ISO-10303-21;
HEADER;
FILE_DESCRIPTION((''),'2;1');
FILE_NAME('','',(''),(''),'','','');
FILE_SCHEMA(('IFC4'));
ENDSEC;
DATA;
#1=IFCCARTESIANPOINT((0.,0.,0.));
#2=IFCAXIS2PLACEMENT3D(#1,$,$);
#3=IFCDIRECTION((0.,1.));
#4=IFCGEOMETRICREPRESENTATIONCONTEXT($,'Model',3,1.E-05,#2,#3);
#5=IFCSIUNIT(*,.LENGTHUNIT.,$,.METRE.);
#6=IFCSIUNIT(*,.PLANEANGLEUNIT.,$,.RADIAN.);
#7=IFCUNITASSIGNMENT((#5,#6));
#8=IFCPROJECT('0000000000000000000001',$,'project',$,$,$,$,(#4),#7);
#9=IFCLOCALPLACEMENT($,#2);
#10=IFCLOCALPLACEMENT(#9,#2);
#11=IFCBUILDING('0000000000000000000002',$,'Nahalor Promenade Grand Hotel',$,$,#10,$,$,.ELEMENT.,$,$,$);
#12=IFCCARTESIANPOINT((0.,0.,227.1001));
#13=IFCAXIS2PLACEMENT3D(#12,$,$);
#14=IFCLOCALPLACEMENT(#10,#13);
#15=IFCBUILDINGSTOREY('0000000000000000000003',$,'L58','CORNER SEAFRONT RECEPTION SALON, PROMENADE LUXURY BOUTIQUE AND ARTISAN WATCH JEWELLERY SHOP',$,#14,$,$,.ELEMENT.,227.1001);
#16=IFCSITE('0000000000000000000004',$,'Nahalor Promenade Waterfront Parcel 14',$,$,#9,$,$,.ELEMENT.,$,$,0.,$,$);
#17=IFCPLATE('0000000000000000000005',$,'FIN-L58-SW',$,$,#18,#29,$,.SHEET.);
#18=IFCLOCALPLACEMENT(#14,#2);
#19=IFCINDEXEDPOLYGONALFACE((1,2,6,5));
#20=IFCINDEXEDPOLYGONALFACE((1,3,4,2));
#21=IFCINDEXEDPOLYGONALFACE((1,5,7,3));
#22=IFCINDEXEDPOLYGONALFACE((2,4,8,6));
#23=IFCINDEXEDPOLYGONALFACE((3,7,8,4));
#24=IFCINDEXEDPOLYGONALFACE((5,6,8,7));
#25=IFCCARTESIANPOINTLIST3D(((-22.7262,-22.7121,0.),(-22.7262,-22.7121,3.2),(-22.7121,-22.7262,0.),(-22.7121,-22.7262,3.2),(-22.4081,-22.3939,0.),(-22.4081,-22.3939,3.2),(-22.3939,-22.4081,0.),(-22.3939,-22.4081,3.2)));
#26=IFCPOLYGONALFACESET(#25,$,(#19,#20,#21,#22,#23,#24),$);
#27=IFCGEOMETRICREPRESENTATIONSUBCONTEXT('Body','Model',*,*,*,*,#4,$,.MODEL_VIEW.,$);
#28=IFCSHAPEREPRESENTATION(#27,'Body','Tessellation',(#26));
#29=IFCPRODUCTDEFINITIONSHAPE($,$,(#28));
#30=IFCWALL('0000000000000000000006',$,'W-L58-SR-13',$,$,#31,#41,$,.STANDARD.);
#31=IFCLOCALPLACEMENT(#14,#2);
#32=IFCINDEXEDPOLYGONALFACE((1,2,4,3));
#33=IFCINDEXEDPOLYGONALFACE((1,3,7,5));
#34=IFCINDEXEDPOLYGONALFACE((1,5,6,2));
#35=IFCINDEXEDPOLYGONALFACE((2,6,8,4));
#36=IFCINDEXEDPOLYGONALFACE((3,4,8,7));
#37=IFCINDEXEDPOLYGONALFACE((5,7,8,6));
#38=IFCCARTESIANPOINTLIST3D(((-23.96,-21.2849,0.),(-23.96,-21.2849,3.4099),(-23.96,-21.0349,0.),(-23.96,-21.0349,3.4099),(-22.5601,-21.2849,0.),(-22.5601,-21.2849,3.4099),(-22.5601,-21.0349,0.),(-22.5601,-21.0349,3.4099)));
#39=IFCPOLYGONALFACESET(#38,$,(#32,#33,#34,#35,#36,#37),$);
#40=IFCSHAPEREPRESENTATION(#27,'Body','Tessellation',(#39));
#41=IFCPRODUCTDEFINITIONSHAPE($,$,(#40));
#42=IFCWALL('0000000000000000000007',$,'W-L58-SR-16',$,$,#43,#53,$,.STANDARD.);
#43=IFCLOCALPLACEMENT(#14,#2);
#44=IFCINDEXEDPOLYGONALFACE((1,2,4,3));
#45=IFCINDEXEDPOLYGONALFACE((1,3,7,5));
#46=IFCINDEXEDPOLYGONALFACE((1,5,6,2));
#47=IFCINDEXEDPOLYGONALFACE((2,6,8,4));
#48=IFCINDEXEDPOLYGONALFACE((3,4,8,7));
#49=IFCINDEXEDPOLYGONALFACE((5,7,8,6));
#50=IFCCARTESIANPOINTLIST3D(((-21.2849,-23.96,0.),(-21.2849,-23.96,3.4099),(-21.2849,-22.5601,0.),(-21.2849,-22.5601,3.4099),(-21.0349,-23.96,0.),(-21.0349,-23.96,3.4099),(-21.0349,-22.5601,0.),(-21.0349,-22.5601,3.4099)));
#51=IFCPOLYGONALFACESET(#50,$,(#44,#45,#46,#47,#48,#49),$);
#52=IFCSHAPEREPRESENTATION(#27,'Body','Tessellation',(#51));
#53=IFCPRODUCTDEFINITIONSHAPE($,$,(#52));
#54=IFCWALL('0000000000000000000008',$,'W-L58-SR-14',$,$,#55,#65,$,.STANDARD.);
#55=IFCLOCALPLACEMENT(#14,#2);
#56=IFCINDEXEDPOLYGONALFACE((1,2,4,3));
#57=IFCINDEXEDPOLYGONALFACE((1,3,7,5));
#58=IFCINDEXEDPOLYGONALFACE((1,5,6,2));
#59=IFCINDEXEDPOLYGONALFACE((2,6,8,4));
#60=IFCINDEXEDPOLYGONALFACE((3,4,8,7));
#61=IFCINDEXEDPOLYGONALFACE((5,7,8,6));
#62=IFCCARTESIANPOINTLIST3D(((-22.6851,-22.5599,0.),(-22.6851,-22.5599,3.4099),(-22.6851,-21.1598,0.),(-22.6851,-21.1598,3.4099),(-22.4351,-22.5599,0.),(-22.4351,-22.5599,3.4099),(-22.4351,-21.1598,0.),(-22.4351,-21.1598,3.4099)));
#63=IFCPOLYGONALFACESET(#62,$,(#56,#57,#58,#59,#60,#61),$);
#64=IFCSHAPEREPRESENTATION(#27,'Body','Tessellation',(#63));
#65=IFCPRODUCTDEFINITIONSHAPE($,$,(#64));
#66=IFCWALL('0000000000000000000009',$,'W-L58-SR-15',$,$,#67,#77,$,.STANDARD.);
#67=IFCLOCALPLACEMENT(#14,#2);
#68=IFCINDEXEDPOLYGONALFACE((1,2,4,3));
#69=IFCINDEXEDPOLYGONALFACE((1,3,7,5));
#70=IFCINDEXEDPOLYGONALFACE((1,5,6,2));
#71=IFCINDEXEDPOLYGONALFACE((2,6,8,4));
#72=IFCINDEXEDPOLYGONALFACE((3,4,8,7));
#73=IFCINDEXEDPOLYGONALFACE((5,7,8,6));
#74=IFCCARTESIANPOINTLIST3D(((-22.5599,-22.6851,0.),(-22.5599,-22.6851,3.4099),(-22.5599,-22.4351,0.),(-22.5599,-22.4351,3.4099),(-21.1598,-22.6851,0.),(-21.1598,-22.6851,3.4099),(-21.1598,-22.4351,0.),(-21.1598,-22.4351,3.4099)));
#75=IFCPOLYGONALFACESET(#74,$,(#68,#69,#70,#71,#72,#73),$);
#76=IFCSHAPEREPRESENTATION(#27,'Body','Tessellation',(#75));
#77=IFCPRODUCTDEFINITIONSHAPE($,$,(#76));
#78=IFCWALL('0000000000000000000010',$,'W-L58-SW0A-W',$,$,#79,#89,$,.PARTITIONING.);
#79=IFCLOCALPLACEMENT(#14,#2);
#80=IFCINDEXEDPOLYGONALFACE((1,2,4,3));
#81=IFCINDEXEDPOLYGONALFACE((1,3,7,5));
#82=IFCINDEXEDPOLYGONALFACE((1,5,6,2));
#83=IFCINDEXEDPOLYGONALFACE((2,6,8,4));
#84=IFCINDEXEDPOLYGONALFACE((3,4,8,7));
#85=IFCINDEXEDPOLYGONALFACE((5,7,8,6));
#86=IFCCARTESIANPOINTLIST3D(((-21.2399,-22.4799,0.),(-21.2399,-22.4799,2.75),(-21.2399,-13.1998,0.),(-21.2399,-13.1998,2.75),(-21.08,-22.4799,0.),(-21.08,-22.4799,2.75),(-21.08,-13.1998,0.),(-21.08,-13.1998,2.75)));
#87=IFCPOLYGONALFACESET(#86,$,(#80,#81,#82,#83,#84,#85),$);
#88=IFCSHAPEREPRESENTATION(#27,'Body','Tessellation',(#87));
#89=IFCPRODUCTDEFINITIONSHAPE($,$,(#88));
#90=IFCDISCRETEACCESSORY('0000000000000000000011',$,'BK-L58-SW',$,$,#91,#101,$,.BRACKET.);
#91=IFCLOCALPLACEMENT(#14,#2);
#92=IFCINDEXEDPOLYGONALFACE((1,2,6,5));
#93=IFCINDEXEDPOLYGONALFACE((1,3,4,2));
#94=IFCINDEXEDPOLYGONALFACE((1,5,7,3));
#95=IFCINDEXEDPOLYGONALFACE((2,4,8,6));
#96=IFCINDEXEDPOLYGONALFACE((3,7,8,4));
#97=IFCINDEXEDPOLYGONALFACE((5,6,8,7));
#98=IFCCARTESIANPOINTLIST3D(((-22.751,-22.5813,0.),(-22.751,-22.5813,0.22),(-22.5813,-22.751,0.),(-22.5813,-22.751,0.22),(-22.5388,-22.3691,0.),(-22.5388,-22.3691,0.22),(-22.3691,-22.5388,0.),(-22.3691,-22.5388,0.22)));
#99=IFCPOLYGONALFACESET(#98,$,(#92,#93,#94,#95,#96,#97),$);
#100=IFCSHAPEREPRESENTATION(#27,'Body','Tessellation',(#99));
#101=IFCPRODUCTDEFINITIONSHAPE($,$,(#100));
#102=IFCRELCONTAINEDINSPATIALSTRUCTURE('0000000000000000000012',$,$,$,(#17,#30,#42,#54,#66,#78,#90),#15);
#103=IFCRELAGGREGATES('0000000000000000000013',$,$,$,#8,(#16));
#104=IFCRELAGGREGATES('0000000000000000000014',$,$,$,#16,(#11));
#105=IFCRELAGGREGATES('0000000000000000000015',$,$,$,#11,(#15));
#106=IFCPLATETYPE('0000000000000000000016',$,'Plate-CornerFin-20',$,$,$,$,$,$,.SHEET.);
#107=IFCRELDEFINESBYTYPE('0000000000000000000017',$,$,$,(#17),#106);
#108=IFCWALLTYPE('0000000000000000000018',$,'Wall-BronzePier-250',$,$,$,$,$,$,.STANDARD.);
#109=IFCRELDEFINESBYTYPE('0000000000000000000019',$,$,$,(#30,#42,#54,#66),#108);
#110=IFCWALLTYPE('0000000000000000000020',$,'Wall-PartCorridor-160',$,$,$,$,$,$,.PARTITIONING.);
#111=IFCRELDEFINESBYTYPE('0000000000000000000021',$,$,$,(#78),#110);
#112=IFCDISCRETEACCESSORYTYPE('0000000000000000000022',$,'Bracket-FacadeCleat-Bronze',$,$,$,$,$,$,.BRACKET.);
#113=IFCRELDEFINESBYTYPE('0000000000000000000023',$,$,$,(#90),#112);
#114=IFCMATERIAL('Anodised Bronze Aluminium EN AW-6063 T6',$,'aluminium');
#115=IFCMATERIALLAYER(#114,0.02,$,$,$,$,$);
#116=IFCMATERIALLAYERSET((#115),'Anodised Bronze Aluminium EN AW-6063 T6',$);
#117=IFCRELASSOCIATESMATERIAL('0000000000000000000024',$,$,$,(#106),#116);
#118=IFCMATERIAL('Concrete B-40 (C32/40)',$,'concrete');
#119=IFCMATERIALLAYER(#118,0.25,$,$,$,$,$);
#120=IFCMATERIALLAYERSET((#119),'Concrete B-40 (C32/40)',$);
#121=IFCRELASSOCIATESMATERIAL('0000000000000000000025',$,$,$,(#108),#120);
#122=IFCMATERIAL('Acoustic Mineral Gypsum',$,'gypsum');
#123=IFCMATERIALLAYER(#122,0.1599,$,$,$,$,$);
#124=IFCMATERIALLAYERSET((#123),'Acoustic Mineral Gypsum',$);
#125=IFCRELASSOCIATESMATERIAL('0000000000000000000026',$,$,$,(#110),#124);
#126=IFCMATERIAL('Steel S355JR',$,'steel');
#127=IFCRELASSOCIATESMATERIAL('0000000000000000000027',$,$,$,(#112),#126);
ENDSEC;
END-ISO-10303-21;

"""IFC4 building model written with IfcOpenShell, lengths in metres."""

from ifc_helpers import new_model, si_unit, direction, frame, frame_2d, origin, origin_2d, place, context, subcontext, project, spatial, rectangle, extrude, source, transform, mapped, material, layer, layer_set, type_object, element, save


model = new_model("IFC4")

# Units and contexts
model_context = context("Model", 3, precision=1e-05, world=origin(), true_north=direction((0.0, 1.0)))
body_context = subcontext(model_context, "Body", "Model", "MODEL_VIEW")
ifc_project = project(units=[si_unit("LENGTHUNIT", "METRE"), si_unit("PLANEANGLEUNIT", "RADIAN")], contexts=[model_context])

# Site, building, storey
site_placement = place(None, origin())
site = spatial("IfcSite", under=ifc_project, at=site_placement, Name="Nahalor Promenade Waterfront Parcel 14", CompositionType="ELEMENT", RefElevation=0.0)
building_placement = place(site_placement, origin())
building = spatial("IfcBuilding", under=site, at=building_placement, Name="Nahalor Promenade Grand Hotel", CompositionType="ELEMENT")
storey_placement = place(building_placement, frame((0.0, 0.0, 227.1001)))
storey = spatial("IfcBuildingStorey", under=building, at=storey_placement, Name="L58", Description="CORNER SEAFRONT RECEPTION SALON, PROMENADE LUXURY BOUTIQUE AND ARTISAN WATCH JEWELLERY SHOP", CompositionType="ELEMENT", Elevation=227.1001)

# Shared definitions
ifc_material_1 = material(Name="Steel S355JR", Category="steel")

# Shared definitions
ifc_material_2 = material(Name="Anodised Bronze Aluminium EN AW-6063 T6", Category="aluminium")

# Plate
ifc_layer_1 = layer(ifc_material_2, 0.02)
ifc_layer_set_1 = layer_set([ifc_layer_1], Name="Anodised Bronze Aluminium EN AW-6063 T6")
plate_type_1 = type_object("IfcPlateType", Name="Plate-CornerFin-20", PredefinedType="SHEET", material=ifc_layer_set_1)
shared_shape_1 = source(origin(), body_context, "Body", "SweptSolid", [
    extrude(rectangle(XDim=0.45, YDim=0.02, at=origin_2d()), origin(), (0.0, 0.0, 1.0), 3.2),
])
plate_1_placement = place(storey_placement, frame((-22.5601, -22.5601, 0.0), z_axis=(0.0, 0.0, 1.0), x_axis=(0.707107, 0.707107, 0.0)))
element("IfcPlate", 1, at=plate_1_placement, inside=storey, type_object=plate_type_1, Name="FIN-L58-SW", PredefinedType="SHEET", context=body_context, shape_type="MappedRepresentation", body=[
    mapped(shared_shape_1, transform((0.0, 0.0, 0.0), scale=1.0)),
])

# Walls
ifc_material_3 = material(Name="Concrete B-40 (C32/40)", Category="concrete")
ifc_layer_2 = layer(ifc_material_3, 0.25)
ifc_layer_set_2 = layer_set([ifc_layer_2], Name="Concrete B-40 (C32/40)")
wall_type_1 = type_object("IfcWallType", Name="Wall-BronzePier-250", PredefinedType="STANDARD", material=ifc_layer_set_2)
shared_shape_2 = source(origin(), body_context, "Body", "SweptSolid", [
    extrude(rectangle(XDim=1.3999, YDim=0.25, at=frame_2d((0.7, 0.0))), origin(), (0.0, 0.0, 1.0), 3.4099),
])
for number, where, z_axis, x_axis, name in (
    (2, (-23.96, -21.1599, 0.0), (0.0, 0.0, 1.0), (1.0, 0.0, 0.0), "W-L58-SR-13"),
    (3, (-21.1599, -23.96, 0.0), (0.0, 0.0, 1.0), (0.0, 1.0, 0.0), "W-L58-SR-16"),
):
    element("IfcWall", number, at=place(storey_placement, frame(where, z_axis=z_axis, x_axis=x_axis)), inside=storey, type_object=wall_type_1, Name=name, PredefinedType="STANDARD", context=body_context, shape_type="MappedRepresentation", body=[
        mapped(shared_shape_2, transform((0.0, 0.0, 0.0), scale=1.0)),
    ])
shared_shape_3 = source(origin(), body_context, "Body", "SweptSolid", [
    extrude(rectangle(XDim=1.4001, YDim=0.25, at=frame_2d((0.7002, 0.0))), origin(), (0.0, 0.0, 1.0), 3.4099),
])
for number, where, z_axis, x_axis, name in (
    (4, (-22.5601, -22.5601, 0.0), (0.0, 0.0, 1.0), (0.0, 1.0, 0.0), "W-L58-SR-14"),
    (5, (-22.5601, -22.5601, 0.0), (0.0, 0.0, 1.0), (1.0, 0.0, 0.0), "W-L58-SR-15"),
):
    element("IfcWall", number, at=place(storey_placement, frame(where, z_axis=z_axis, x_axis=x_axis)), inside=storey, type_object=wall_type_1, Name=name, PredefinedType="STANDARD", context=body_context, shape_type="MappedRepresentation", body=[
        mapped(shared_shape_3, transform((0.0, 0.0, 0.0), scale=1.0)),
    ])
ifc_material_4 = material(Name="Acoustic Mineral Gypsum", Category="gypsum")
ifc_layer_3 = layer(ifc_material_4, 0.1599)
ifc_layer_set_3 = layer_set([ifc_layer_3], Name="Acoustic Mineral Gypsum")
wall_type_2 = type_object("IfcWallType", Name="Wall-PartCorridor-160", PredefinedType="PARTITIONING", material=ifc_layer_set_3)
shared_shape_4 = source(origin(), body_context, "Body", "SweptSolid", [
    extrude(rectangle(XDim=9.28, YDim=0.1599, at=frame_2d((4.6401, 0.0))), origin(), (0.0, 0.0, 1.0), 2.75),
])
wall_placement = place(storey_placement, frame((-21.1599, -22.48, 0.0), z_axis=(0.0, 0.0, 1.0), x_axis=(0.0, 1.0, 0.0)))
element("IfcWall", 6, at=wall_placement, inside=storey, type_object=wall_type_2, Name="W-L58-SW0A-W", PredefinedType="PARTITIONING", context=body_context, shape_type="MappedRepresentation", body=[
    mapped(shared_shape_4, transform((0.0, 0.0, 0.0), scale=1.0)),
])

# Discrete accessory
discrete_accessory_type = type_object("IfcDiscreteAccessoryType", Name="Bracket-FacadeCleat-Bronze", PredefinedType="BRACKET", material=ifc_material_1)
shared_shape_5 = source(origin(), body_context, "Body", "SweptSolid", [
    extrude(rectangle(XDim=0.3, YDim=0.24, at=origin_2d()), origin(), (0.0, 0.0, 1.0), 0.22),
])
discrete_accessory_placement = place(storey_placement, frame((-22.5601, -22.5601, 0.0), z_axis=(0.0, 0.0, 1.0), x_axis=(0.707107, 0.707107, 0.0)))
element("IfcDiscreteAccessory", 7, at=discrete_accessory_placement, inside=storey, type_object=discrete_accessory_type, Name="BK-L58-SW", PredefinedType="BRACKET", context=body_context, shape_type="MappedRepresentation", body=[
    mapped(shared_shape_5, transform((0.0, 0.0, 0.0), scale=1.0)),
])

save(model, "model.ifc")
